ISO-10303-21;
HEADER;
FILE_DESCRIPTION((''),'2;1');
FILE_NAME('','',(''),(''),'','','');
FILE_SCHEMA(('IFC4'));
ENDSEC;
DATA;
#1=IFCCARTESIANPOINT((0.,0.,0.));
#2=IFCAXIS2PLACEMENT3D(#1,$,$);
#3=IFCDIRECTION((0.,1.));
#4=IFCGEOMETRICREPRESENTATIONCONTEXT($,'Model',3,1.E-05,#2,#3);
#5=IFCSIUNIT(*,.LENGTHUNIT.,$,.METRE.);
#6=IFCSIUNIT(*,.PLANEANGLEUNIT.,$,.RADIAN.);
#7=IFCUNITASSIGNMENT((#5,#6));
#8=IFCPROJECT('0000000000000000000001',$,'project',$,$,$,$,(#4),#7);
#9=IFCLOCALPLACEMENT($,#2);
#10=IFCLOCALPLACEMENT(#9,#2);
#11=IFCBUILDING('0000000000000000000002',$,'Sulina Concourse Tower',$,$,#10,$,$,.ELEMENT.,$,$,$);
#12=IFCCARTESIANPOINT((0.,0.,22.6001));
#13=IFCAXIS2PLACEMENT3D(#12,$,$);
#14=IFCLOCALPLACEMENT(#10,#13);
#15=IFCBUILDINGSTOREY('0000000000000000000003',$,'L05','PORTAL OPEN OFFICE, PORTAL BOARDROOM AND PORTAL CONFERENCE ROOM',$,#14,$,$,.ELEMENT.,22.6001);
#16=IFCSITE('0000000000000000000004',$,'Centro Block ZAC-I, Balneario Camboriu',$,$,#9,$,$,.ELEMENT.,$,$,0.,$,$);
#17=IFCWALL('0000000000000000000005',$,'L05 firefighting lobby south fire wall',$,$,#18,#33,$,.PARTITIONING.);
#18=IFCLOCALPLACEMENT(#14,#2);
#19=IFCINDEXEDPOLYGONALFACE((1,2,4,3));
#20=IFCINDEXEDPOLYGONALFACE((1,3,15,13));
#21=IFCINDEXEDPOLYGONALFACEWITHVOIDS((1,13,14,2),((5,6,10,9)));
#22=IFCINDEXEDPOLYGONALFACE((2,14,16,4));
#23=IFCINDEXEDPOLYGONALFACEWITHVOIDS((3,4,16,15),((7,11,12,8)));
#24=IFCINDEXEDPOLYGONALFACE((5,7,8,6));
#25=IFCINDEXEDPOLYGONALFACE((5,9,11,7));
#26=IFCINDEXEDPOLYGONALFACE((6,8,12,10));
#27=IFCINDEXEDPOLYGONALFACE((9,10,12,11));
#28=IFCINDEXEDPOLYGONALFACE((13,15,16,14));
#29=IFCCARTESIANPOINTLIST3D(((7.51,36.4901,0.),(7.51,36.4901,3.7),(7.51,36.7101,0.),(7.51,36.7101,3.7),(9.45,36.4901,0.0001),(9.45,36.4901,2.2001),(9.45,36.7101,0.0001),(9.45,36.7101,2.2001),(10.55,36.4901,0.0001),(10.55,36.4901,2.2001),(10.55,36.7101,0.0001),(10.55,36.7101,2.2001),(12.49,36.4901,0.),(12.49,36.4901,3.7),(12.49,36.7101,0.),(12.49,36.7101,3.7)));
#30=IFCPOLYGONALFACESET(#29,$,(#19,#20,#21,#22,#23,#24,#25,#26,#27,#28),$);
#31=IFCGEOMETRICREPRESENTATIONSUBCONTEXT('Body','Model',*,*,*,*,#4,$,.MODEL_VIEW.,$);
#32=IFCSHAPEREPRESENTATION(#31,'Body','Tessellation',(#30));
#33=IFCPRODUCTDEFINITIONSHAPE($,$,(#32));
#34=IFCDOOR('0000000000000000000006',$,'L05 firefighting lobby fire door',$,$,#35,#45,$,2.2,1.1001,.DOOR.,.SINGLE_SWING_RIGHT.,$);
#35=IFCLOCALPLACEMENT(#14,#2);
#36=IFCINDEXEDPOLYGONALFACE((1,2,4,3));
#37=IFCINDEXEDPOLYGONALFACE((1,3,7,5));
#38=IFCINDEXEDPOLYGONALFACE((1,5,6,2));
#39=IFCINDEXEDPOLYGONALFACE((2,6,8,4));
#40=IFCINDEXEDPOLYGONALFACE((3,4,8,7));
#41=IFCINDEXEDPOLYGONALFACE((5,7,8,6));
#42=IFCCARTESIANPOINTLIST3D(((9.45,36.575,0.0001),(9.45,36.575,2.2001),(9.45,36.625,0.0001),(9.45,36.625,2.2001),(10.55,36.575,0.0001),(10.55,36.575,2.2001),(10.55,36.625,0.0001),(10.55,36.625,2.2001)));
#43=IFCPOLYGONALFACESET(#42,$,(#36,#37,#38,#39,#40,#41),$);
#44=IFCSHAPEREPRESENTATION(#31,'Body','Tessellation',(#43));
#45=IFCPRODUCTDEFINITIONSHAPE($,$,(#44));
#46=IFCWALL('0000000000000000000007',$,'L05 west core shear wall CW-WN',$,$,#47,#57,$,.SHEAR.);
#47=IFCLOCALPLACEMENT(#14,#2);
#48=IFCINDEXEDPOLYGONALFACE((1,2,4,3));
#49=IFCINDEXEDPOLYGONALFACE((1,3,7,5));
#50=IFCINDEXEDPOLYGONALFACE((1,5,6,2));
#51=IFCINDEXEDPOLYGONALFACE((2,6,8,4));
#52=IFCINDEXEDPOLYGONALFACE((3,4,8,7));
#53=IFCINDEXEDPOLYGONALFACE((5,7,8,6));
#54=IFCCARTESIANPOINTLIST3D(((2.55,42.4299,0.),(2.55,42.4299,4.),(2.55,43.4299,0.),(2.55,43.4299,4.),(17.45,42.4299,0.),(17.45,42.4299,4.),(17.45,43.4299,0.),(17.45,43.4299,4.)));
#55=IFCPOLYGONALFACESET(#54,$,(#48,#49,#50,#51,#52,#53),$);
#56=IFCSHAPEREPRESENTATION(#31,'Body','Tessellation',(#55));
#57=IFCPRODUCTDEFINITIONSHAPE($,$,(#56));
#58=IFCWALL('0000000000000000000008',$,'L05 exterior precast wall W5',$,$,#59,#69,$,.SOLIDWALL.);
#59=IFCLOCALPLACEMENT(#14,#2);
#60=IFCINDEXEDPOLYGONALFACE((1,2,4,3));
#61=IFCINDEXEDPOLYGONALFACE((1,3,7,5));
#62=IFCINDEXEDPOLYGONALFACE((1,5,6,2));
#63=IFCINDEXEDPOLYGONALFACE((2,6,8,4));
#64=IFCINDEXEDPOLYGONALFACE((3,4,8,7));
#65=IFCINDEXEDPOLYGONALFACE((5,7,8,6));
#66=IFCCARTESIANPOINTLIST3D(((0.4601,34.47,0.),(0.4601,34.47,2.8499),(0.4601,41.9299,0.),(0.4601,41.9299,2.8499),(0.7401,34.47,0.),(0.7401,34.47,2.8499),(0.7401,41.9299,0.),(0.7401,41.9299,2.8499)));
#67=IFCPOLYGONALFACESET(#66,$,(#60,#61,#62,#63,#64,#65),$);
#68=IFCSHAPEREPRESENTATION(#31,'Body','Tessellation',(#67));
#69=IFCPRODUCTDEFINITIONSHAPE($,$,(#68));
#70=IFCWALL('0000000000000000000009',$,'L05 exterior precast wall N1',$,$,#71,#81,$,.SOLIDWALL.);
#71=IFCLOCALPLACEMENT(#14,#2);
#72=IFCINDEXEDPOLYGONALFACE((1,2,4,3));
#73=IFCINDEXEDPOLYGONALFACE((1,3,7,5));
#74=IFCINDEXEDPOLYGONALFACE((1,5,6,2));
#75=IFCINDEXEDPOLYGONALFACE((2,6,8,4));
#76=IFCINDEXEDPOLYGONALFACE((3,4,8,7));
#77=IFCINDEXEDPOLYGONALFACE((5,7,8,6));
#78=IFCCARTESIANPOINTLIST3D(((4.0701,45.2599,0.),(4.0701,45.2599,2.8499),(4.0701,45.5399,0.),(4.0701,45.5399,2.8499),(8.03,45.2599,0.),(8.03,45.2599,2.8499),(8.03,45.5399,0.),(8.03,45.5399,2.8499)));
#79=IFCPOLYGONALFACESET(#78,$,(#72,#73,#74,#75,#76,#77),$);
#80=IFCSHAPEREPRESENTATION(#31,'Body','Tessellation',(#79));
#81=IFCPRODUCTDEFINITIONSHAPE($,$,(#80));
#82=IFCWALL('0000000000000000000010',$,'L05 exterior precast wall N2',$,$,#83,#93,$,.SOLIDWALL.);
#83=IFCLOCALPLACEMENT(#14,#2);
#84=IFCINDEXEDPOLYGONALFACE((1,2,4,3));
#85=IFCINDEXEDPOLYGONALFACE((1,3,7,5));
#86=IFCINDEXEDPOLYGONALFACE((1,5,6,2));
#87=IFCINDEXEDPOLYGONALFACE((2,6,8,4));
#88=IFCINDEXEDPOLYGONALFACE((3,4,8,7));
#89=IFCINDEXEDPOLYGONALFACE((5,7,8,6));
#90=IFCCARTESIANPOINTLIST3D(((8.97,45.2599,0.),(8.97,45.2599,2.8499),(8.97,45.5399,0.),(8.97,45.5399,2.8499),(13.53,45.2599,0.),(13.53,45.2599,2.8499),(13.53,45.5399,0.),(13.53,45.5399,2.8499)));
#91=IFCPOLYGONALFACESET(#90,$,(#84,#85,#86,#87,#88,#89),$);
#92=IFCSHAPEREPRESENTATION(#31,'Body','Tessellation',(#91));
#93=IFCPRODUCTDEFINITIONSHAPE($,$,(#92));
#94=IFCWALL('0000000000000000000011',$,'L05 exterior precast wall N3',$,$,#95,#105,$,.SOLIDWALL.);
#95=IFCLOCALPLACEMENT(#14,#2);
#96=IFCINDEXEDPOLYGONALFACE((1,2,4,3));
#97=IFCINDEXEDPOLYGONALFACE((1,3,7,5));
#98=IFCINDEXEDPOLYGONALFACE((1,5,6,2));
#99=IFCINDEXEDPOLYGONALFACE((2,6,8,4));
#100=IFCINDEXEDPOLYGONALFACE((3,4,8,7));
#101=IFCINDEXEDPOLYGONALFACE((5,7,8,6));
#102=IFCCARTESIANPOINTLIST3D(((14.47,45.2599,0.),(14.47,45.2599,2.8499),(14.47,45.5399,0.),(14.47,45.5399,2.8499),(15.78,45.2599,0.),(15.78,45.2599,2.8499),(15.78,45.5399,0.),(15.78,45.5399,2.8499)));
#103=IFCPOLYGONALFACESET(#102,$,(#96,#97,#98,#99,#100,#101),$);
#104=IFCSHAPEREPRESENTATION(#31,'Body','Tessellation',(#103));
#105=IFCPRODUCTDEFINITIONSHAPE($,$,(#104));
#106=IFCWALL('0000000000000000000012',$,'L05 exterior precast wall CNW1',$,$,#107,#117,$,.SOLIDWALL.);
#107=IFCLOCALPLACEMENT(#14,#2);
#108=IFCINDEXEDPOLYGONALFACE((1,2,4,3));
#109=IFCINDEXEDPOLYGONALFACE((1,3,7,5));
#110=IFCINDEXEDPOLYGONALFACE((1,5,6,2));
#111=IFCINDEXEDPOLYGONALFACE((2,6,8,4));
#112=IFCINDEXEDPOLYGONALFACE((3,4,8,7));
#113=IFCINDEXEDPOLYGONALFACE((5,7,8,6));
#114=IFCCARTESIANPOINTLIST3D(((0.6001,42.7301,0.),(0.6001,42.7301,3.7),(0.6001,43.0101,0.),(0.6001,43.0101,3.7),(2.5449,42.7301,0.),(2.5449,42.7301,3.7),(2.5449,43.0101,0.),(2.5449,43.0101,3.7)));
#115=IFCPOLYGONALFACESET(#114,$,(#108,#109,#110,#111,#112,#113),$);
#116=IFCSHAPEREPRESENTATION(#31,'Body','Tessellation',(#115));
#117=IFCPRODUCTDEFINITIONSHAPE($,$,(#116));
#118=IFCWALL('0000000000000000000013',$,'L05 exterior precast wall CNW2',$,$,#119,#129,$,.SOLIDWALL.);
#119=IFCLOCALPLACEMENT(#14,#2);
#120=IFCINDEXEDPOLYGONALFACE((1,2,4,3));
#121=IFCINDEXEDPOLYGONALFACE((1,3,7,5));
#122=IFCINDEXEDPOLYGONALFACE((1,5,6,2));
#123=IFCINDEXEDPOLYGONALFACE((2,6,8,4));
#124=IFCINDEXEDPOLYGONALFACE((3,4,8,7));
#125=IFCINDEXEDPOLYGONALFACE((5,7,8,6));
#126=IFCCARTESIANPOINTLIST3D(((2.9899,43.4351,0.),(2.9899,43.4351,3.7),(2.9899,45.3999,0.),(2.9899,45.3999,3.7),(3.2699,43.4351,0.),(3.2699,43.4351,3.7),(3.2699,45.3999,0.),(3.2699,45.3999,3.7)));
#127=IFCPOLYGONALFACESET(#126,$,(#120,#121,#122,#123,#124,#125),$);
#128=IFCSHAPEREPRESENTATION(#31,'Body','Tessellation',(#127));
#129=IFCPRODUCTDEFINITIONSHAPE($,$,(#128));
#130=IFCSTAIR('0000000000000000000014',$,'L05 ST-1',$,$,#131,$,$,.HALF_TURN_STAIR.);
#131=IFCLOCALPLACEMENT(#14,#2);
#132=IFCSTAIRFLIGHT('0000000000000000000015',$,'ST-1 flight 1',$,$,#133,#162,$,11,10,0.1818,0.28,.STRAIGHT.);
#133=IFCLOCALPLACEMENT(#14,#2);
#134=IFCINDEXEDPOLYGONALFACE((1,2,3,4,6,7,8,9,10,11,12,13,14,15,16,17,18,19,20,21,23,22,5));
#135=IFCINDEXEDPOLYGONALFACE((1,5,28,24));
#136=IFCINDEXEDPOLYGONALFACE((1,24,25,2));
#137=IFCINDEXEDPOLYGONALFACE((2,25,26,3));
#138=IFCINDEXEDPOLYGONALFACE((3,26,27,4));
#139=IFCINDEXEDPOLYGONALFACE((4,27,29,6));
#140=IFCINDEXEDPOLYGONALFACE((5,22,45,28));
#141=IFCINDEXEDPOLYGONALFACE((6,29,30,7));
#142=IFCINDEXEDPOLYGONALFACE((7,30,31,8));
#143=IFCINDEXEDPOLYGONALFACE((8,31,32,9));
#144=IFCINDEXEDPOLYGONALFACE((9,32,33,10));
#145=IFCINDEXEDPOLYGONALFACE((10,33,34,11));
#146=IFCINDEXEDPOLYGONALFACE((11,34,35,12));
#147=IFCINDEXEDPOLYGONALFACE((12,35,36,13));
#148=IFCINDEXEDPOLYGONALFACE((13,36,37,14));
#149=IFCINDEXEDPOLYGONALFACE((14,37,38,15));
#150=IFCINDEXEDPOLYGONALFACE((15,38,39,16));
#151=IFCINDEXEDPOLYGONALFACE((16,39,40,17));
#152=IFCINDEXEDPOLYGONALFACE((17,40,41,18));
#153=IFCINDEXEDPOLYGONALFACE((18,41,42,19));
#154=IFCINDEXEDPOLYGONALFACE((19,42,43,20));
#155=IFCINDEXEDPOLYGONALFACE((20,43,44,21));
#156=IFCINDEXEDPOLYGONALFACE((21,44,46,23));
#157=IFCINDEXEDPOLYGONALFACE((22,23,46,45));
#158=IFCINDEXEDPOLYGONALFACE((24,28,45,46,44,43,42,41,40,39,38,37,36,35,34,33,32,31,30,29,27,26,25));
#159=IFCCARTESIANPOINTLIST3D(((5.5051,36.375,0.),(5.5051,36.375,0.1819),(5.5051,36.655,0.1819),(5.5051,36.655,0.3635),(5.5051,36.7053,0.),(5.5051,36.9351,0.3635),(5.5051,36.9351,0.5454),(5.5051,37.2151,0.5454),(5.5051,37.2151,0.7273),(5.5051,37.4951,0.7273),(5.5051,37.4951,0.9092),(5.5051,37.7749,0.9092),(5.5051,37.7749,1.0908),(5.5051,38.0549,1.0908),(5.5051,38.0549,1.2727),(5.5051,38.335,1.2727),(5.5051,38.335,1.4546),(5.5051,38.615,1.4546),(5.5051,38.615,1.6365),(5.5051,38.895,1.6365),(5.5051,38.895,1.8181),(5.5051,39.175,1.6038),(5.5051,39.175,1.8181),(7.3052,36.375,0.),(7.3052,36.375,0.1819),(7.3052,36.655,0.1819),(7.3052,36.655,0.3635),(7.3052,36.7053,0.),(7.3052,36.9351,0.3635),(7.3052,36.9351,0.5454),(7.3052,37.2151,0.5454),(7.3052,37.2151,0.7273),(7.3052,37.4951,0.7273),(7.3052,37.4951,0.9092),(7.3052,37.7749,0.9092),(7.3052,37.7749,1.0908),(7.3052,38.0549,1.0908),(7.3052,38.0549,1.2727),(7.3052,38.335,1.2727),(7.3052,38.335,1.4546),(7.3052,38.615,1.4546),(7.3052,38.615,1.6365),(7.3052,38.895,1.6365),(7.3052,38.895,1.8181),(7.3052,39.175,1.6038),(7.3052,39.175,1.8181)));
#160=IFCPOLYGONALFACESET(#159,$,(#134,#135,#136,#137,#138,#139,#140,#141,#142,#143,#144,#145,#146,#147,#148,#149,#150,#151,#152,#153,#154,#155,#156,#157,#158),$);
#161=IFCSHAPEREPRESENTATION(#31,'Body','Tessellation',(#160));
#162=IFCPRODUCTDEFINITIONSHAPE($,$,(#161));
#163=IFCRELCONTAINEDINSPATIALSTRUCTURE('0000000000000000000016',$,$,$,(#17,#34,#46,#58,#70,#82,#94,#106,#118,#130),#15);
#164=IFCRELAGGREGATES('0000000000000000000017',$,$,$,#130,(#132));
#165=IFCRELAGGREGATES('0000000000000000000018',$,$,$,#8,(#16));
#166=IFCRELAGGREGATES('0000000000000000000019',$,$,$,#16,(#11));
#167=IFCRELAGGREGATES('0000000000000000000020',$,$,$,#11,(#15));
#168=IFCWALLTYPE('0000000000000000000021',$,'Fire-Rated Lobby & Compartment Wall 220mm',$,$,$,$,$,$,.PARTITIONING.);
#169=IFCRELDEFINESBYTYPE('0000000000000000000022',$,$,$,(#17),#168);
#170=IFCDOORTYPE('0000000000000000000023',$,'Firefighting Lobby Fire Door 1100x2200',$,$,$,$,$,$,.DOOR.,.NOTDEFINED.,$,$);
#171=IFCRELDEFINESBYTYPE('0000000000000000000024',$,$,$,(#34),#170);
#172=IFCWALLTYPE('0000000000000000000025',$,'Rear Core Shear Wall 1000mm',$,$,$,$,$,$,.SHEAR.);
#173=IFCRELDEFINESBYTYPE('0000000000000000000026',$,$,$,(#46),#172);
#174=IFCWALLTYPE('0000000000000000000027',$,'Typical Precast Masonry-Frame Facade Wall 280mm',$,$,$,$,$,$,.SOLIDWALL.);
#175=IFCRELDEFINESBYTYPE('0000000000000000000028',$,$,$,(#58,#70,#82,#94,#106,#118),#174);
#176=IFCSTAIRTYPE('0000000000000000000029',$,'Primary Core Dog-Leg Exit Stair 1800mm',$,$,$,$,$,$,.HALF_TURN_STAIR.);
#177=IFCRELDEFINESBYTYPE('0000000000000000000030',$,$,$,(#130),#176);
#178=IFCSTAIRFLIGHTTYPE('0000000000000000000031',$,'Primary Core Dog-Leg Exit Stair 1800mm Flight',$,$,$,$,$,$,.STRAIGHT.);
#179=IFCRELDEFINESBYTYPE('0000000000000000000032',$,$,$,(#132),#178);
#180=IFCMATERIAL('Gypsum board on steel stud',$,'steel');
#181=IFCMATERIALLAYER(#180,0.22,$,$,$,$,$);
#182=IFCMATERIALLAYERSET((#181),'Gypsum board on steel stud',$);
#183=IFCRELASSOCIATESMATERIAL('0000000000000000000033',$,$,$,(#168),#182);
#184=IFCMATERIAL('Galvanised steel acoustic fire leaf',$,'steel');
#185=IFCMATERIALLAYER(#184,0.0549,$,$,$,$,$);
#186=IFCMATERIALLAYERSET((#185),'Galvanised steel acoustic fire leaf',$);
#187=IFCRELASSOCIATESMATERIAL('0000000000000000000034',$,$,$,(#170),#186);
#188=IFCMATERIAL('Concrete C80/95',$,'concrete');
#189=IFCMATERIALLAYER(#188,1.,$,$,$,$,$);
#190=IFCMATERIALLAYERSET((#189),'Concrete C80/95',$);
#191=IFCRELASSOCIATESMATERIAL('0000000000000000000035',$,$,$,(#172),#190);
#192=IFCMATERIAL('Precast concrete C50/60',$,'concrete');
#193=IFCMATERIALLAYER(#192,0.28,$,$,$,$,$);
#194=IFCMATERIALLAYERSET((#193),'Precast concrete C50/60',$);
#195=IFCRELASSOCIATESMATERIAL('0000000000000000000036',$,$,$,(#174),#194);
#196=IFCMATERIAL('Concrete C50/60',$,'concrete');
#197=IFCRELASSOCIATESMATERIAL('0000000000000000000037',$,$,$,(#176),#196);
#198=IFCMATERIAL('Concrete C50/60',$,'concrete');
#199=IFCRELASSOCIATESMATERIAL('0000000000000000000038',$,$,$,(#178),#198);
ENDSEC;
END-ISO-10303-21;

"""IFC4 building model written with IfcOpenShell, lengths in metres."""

from ifc_helpers import new_model, si_unit, direction, frame, frame_2d, origin, place, context, subcontext, project, spatial, polyline, rectangle, outline, extrude, material, layer, layer_set, type_object, element, fill, aggregate, save


model = new_model("IFC4")

# Units and contexts
model_context = context("Model", 3, precision=1e-05, world=origin(), true_north=direction((0.0, 1.0)))
body_context = subcontext(model_context, "Body", "Model", "MODEL_VIEW")
ifc_project = project(units=[si_unit("LENGTHUNIT", "METRE"), si_unit("PLANEANGLEUNIT", "RADIAN")], contexts=[model_context])

# Site, building, storey
site_placement = place(None, origin())
site = spatial("IfcSite", under=ifc_project, at=site_placement, Name="Centro Block ZAC-I, Balneario Camboriu", CompositionType="ELEMENT", RefElevation=0.0)
building_placement = place(site_placement, origin())
building = spatial("IfcBuilding", under=site, at=building_placement, Name="Sulina Concourse Tower", CompositionType="ELEMENT")
storey_placement = place(building_placement, frame((0.0, 0.0, 22.6001)))
storey = spatial("IfcBuildingStorey", under=building, at=storey_placement, Name="L05", Description="PORTAL OPEN OFFICE, PORTAL BOARDROOM AND PORTAL CONFERENCE ROOM", CompositionType="ELEMENT", Elevation=22.6001)

# Wall, opening, door
ifc_material_1 = material(Name="Gypsum board on steel stud", Category="steel")
ifc_layer_1 = layer(ifc_material_1, 0.22)
ifc_layer_set_1 = layer_set([ifc_layer_1], Name="Gypsum board on steel stud")
wall_type_1 = type_object("IfcWallType", Name="Fire-Rated Lobby & Compartment Wall 220mm", PredefinedType="PARTITIONING", material=ifc_layer_set_1)
wall_1_placement = place(storey_placement, frame((7.51, 36.6001, 0.0), z_axis=(0.0, 0.0, 1.0), x_axis=(1.0, 0.0, 0.0)))
wall_1 = element("IfcWall", 1, at=wall_1_placement, inside=storey, type_object=wall_type_1, Name="L05 firefighting lobby south fire wall", PredefinedType="PARTITIONING", context=body_context, shape_type="SweptSolid", body=[
    extrude(rectangle(XDim=4.98, YDim=0.22, at=frame_2d((2.49, 0.0))), origin(), (0.0, 0.0, 1.0), 3.7),
])
opening_1_placement = place(wall_1_placement, frame((1.9399, 0.0, 0.0)))
opening_1 = element("IfcOpeningElement", 2, at=opening_1_placement, cuts=wall_1, PredefinedType="OPENING", context=body_context, shape_type="SweptSolid", body=[
    extrude(rectangle(XDim=1.1001, YDim=2.2, at=frame_2d((0.55, 1.1001))), frame((0.0, 0.1199, 0.0), z_axis=(0.0, -1.0, 0.0), x_axis=(1.0, 0.0, 0.0)), (0.0, 0.0, 1.0), 0.24),
])
ifc_material_2 = material(Name="Galvanised steel acoustic fire leaf", Category="steel")
ifc_layer_2 = layer(ifc_material_2, 0.0549)
ifc_layer_set_2 = layer_set([ifc_layer_2], Name="Galvanised steel acoustic fire leaf")
door_type_1 = type_object("IfcDoorType", Name="Firefighting Lobby Fire Door 1100x2200", OperationType="NOTDEFINED", PredefinedType="DOOR", material=ifc_layer_set_2)
door_1_placement = place(opening_1_placement, origin())
door_1 = element("IfcDoor", 3, at=door_1_placement, inside=storey, type_object=door_type_1, Name="L05 firefighting lobby fire door", OperationType="SINGLE_SWING_RIGHT", OverallHeight=2.2, OverallWidth=1.1001, PredefinedType="DOOR", context=body_context, shape_type="SweptSolid", body=[
    extrude(rectangle(XDim=1.1001, YDim=2.2, at=frame_2d((0.55, 1.1001))), frame((0.0, 0.0249, 0.0), z_axis=(0.0, -1.0, 0.0), x_axis=(1.0, 0.0, 0.0)), (0.0, 0.0, 1.0), 0.05),
])
fill(opening_1, door_1)

# Walls
ifc_material_3 = material(Name="Concrete C80/95", Category="concrete")
ifc_layer_3 = layer(ifc_material_3, 1.0)
ifc_layer_set_3 = layer_set([ifc_layer_3], Name="Concrete C80/95")
wall_type_2 = type_object("IfcWallType", Name="Rear Core Shear Wall 1000mm", PredefinedType="SHEAR", material=ifc_layer_set_3)
wall_2_placement = place(storey_placement, frame((2.55, 42.9299, 0.0), z_axis=(0.0, 0.0, 1.0), x_axis=(1.0, 0.0, 0.0)))
element("IfcWall", 4, at=wall_2_placement, inside=storey, type_object=wall_type_2, Name="L05 west core shear wall CW-WN", PredefinedType="SHEAR", context=body_context, shape_type="SweptSolid", body=[
    extrude(rectangle(XDim=14.8999, YDim=1.0, at=frame_2d((7.45, 0.0))), origin(), (0.0, 0.0, 1.0), 4.0),
])
ifc_material_4 = material(Name="Precast concrete C50/60", Category="concrete")
ifc_layer_4 = layer(ifc_material_4, 0.28)
ifc_layer_set_4 = layer_set([ifc_layer_4], Name="Precast concrete C50/60")
wall_type_3 = type_object("IfcWallType", Name="Typical Precast Masonry-Frame Facade Wall 280mm", PredefinedType="SOLIDWALL", material=ifc_layer_set_4)
wall_3_placement = place(storey_placement, frame((0.6001, 34.47, 0.0), z_axis=(0.0, 0.0, 1.0), x_axis=(0.0, 1.0, 0.0)))
element("IfcWall", 5, at=wall_3_placement, inside=storey, type_object=wall_type_3, Name="L05 exterior precast wall W5", PredefinedType="SOLIDWALL", context=body_context, shape_type="SweptSolid", body=[
    extrude(rectangle(XDim=7.46, YDim=0.28, at=frame_2d((3.73, 0.0))), origin(), (0.0, 0.0, 1.0), 2.8499),
])
wall_4_placement = place(storey_placement, frame((4.0701, 45.3999, 0.0), z_axis=(0.0, 0.0, 1.0), x_axis=(1.0, 0.0, 0.0)))
element("IfcWall", 6, at=wall_4_placement, inside=storey, type_object=wall_type_3, Name="L05 exterior precast wall N1", PredefinedType="SOLIDWALL", context=body_context, shape_type="SweptSolid", body=[
    extrude(rectangle(XDim=3.96, YDim=0.28, at=frame_2d((1.98, 0.0))), origin(), (0.0, 0.0, 1.0), 2.8499),
])
wall_5_placement = place(storey_placement, frame((8.97, 45.3999, 0.0), z_axis=(0.0, 0.0, 1.0), x_axis=(1.0, 0.0, 0.0)))
element("IfcWall", 7, at=wall_5_placement, inside=storey, type_object=wall_type_3, Name="L05 exterior precast wall N2", PredefinedType="SOLIDWALL", context=body_context, shape_type="SweptSolid", body=[
    extrude(rectangle(XDim=4.5601, YDim=0.28, at=frame_2d((2.28, 0.0))), origin(), (0.0, 0.0, 1.0), 2.8499),
])
wall_6_placement = place(storey_placement, frame((14.47, 45.3999, 0.0), z_axis=(0.0, 0.0, 1.0), x_axis=(1.0, 0.0, 0.0)))
element("IfcWall", 8, at=wall_6_placement, inside=storey, type_object=wall_type_3, Name="L05 exterior precast wall N3", PredefinedType="SOLIDWALL", context=body_context, shape_type="SweptSolid", body=[
    extrude(rectangle(XDim=1.3101, YDim=0.28, at=frame_2d((0.655, 0.0))), origin(), (0.0, 0.0, 1.0), 2.8499),
])
wall_7_placement = place(storey_placement, frame((0.6001, 42.8701, 0.0), z_axis=(0.0, 0.0, 1.0), x_axis=(1.0, 0.0, 0.0)))
element("IfcWall", 9, at=wall_7_placement, inside=storey, type_object=wall_type_3, Name="L05 exterior precast wall CNW1", PredefinedType="SOLIDWALL", context=body_context, shape_type="SweptSolid", body=[
    extrude(rectangle(XDim=1.9448, YDim=0.28, at=frame_2d((0.9724, 0.0))), origin(), (0.0, 0.0, 1.0), 3.7),
])
wall_8_placement = place(storey_placement, frame((3.1299, 43.4351, 0.0), z_axis=(0.0, 0.0, 1.0), x_axis=(0.0, 1.0, 0.0)))
element("IfcWall", 10, at=wall_8_placement, inside=storey, type_object=wall_type_3, Name="L05 exterior precast wall CNW2", PredefinedType="SOLIDWALL", context=body_context, shape_type="SweptSolid", body=[
    extrude(rectangle(XDim=1.9648, YDim=0.28, at=frame_2d((0.9824, 0.0))), origin(), (0.0, 0.0, 1.0), 3.7),
])

# Stair, stair flight
ifc_material_5 = material(Name="Concrete C50/60", Category="concrete")
stair_type = type_object("IfcStairType", Name="Primary Core Dog-Leg Exit Stair 1800mm", PredefinedType="HALF_TURN_STAIR", material=ifc_material_5)
stair_1_placement = place(storey_placement, origin())
stair_1 = element("IfcStair", 11, at=stair_1_placement, inside=storey, type_object=stair_type, Name="L05 ST-1", PredefinedType="HALF_TURN_STAIR")
ifc_material_6 = material(Name="Concrete C50/60", Category="concrete")
stair_flight_type = type_object("IfcStairFlightType", Name="Primary Core Dog-Leg Exit Stair 1800mm Flight", PredefinedType="STRAIGHT", material=ifc_material_6)
stair_flight_1_placement = place(storey_placement, frame((6.405, 36.375, 0.0), z_axis=(0.0, 0.0, 1.0), x_axis=(0.0, 1.0, 0.0)))
stair_flight_1 = element("IfcStairFlight", 12, at=stair_flight_1_placement, type_object=stair_flight_type, Name="ST-1 flight 1", NumberOfRisers=11, NumberOfTreads=10, PredefinedType="STRAIGHT", RiserHeight=0.1818, TreadLength=0.28, context=body_context, shape_type="SweptSolid", body=[
    extrude(outline(polyline([(0.0, 0.0), (0.0, 0.1819), (0.28, 0.1819), (0.28, 0.3635), (0.5601, 0.3635), (0.5601, 0.5454), (0.8401, 0.5454), (0.8401, 0.7273), (1.1201, 0.7273), (1.1201, 0.9092), (1.3999, 0.9092), (1.3999, 1.0908), (1.6799, 1.0908), (1.6799, 1.2727), (1.96, 1.2727), (1.96, 1.4546), (2.24, 1.4546), (2.24, 1.6365), (2.52, 1.6365), (2.52, 1.8181), (2.8, 1.8181), (2.8, 2.0), (2.8, 1.6038), (0.3303, 0.0), (0.0, 0.0)])), frame((0.0, 0.8999, 0.0), z_axis=(0.0, -1.0, 0.0), x_axis=(1.0, 0.0, 0.0)), (0.0, 0.0, 1.0), 1.8),
])
aggregate(stair_1, [stair_flight_1])

save(model, "model.ifc")
